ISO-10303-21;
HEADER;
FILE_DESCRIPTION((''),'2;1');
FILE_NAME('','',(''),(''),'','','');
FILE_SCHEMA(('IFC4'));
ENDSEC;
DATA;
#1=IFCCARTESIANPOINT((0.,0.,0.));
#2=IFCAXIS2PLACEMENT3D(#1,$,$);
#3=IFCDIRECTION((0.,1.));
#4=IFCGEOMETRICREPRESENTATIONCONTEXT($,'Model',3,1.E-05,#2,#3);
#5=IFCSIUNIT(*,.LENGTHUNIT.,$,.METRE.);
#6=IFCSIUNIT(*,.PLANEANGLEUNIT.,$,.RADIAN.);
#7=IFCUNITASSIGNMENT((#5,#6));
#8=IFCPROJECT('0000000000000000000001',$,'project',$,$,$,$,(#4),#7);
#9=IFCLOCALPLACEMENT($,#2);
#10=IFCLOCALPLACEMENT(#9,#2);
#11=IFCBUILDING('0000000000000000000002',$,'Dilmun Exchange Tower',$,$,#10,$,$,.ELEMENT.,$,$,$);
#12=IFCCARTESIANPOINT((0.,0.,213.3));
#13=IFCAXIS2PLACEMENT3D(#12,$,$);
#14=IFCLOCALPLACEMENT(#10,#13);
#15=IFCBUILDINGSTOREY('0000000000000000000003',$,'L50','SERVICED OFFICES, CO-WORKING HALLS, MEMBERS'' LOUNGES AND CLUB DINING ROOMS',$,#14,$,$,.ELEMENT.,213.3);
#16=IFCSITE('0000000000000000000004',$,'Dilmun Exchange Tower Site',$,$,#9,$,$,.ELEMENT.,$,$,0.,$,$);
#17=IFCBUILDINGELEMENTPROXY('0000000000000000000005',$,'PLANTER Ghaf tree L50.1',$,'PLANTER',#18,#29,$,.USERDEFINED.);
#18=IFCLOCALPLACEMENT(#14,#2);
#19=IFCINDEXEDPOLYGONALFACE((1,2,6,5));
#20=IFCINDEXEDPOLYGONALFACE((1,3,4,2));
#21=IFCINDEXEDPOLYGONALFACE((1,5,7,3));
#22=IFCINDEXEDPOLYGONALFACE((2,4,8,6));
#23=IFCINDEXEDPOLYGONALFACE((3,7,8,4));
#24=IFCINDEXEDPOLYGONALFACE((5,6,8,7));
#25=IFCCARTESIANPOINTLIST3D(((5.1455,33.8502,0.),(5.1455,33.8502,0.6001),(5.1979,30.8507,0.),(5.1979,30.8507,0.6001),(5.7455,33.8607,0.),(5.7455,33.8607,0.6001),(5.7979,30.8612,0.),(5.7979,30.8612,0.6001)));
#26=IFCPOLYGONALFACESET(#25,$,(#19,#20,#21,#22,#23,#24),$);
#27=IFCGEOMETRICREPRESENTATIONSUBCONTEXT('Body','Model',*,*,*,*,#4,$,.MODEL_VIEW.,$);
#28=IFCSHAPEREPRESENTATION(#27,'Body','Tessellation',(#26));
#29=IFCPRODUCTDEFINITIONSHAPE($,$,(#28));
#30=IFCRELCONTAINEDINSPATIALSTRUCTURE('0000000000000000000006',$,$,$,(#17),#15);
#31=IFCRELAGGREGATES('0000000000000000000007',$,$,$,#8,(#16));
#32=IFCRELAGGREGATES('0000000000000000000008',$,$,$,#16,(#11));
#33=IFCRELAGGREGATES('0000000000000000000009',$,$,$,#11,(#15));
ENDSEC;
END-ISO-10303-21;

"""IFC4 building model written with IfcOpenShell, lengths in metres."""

from ifc_helpers import new_model, si_unit, direction, frame, origin, origin_2d, place, context, subcontext, project, spatial, rectangle, extrude, element, save


model = new_model("IFC4")

# Units and contexts
model_context = context("Model", 3, precision=1e-05, world=origin(), true_north=direction((0.0, 1.0)))
body_context = subcontext(model_context, "Body", "Model", "MODEL_VIEW")
ifc_project = project(units=[si_unit("LENGTHUNIT", "METRE"), si_unit("PLANEANGLEUNIT", "RADIAN")], contexts=[model_context])

# Site, building, storey
site_placement = place(None, origin())
site = spatial("IfcSite", under=ifc_project, at=site_placement, Name="Dilmun Exchange Tower Site", CompositionType="ELEMENT", RefElevation=0.0)
building_placement = place(site_placement, origin())
building = spatial("IfcBuilding", under=site, at=building_placement, Name="Dilmun Exchange Tower", CompositionType="ELEMENT")
storey_placement = place(building_placement, frame((0.0, 0.0, 213.3)))
storey = spatial("IfcBuildingStorey", under=building, at=storey_placement, Name="L50", Description="SERVICED OFFICES, CO-WORKING HALLS, MEMBERS' LOUNGES AND CLUB DINING ROOMS", CompositionType="ELEMENT", Elevation=213.3)

# Building element proxy
proxy_placement = place(storey_placement, frame((5.4717, 32.3557, 0.0), z_axis=(0.0, 0.0, 1.0), x_axis=(-0.017452, 0.999848, 0.0)))
element("IfcBuildingElementProxy", 1, at=proxy_placement, inside=storey, Name="PLANTER Ghaf tree L50.1", ObjectType="PLANTER", PredefinedType="USERDEFINED", context=body_context, shape_type="SweptSolid", body=[
    extrude(rectangle(XDim=3.0, YDim=0.6001, at=origin_2d()), origin(), (0.0, 0.0, 1.0), 0.6001),
])

save(model, "model.ifc")
